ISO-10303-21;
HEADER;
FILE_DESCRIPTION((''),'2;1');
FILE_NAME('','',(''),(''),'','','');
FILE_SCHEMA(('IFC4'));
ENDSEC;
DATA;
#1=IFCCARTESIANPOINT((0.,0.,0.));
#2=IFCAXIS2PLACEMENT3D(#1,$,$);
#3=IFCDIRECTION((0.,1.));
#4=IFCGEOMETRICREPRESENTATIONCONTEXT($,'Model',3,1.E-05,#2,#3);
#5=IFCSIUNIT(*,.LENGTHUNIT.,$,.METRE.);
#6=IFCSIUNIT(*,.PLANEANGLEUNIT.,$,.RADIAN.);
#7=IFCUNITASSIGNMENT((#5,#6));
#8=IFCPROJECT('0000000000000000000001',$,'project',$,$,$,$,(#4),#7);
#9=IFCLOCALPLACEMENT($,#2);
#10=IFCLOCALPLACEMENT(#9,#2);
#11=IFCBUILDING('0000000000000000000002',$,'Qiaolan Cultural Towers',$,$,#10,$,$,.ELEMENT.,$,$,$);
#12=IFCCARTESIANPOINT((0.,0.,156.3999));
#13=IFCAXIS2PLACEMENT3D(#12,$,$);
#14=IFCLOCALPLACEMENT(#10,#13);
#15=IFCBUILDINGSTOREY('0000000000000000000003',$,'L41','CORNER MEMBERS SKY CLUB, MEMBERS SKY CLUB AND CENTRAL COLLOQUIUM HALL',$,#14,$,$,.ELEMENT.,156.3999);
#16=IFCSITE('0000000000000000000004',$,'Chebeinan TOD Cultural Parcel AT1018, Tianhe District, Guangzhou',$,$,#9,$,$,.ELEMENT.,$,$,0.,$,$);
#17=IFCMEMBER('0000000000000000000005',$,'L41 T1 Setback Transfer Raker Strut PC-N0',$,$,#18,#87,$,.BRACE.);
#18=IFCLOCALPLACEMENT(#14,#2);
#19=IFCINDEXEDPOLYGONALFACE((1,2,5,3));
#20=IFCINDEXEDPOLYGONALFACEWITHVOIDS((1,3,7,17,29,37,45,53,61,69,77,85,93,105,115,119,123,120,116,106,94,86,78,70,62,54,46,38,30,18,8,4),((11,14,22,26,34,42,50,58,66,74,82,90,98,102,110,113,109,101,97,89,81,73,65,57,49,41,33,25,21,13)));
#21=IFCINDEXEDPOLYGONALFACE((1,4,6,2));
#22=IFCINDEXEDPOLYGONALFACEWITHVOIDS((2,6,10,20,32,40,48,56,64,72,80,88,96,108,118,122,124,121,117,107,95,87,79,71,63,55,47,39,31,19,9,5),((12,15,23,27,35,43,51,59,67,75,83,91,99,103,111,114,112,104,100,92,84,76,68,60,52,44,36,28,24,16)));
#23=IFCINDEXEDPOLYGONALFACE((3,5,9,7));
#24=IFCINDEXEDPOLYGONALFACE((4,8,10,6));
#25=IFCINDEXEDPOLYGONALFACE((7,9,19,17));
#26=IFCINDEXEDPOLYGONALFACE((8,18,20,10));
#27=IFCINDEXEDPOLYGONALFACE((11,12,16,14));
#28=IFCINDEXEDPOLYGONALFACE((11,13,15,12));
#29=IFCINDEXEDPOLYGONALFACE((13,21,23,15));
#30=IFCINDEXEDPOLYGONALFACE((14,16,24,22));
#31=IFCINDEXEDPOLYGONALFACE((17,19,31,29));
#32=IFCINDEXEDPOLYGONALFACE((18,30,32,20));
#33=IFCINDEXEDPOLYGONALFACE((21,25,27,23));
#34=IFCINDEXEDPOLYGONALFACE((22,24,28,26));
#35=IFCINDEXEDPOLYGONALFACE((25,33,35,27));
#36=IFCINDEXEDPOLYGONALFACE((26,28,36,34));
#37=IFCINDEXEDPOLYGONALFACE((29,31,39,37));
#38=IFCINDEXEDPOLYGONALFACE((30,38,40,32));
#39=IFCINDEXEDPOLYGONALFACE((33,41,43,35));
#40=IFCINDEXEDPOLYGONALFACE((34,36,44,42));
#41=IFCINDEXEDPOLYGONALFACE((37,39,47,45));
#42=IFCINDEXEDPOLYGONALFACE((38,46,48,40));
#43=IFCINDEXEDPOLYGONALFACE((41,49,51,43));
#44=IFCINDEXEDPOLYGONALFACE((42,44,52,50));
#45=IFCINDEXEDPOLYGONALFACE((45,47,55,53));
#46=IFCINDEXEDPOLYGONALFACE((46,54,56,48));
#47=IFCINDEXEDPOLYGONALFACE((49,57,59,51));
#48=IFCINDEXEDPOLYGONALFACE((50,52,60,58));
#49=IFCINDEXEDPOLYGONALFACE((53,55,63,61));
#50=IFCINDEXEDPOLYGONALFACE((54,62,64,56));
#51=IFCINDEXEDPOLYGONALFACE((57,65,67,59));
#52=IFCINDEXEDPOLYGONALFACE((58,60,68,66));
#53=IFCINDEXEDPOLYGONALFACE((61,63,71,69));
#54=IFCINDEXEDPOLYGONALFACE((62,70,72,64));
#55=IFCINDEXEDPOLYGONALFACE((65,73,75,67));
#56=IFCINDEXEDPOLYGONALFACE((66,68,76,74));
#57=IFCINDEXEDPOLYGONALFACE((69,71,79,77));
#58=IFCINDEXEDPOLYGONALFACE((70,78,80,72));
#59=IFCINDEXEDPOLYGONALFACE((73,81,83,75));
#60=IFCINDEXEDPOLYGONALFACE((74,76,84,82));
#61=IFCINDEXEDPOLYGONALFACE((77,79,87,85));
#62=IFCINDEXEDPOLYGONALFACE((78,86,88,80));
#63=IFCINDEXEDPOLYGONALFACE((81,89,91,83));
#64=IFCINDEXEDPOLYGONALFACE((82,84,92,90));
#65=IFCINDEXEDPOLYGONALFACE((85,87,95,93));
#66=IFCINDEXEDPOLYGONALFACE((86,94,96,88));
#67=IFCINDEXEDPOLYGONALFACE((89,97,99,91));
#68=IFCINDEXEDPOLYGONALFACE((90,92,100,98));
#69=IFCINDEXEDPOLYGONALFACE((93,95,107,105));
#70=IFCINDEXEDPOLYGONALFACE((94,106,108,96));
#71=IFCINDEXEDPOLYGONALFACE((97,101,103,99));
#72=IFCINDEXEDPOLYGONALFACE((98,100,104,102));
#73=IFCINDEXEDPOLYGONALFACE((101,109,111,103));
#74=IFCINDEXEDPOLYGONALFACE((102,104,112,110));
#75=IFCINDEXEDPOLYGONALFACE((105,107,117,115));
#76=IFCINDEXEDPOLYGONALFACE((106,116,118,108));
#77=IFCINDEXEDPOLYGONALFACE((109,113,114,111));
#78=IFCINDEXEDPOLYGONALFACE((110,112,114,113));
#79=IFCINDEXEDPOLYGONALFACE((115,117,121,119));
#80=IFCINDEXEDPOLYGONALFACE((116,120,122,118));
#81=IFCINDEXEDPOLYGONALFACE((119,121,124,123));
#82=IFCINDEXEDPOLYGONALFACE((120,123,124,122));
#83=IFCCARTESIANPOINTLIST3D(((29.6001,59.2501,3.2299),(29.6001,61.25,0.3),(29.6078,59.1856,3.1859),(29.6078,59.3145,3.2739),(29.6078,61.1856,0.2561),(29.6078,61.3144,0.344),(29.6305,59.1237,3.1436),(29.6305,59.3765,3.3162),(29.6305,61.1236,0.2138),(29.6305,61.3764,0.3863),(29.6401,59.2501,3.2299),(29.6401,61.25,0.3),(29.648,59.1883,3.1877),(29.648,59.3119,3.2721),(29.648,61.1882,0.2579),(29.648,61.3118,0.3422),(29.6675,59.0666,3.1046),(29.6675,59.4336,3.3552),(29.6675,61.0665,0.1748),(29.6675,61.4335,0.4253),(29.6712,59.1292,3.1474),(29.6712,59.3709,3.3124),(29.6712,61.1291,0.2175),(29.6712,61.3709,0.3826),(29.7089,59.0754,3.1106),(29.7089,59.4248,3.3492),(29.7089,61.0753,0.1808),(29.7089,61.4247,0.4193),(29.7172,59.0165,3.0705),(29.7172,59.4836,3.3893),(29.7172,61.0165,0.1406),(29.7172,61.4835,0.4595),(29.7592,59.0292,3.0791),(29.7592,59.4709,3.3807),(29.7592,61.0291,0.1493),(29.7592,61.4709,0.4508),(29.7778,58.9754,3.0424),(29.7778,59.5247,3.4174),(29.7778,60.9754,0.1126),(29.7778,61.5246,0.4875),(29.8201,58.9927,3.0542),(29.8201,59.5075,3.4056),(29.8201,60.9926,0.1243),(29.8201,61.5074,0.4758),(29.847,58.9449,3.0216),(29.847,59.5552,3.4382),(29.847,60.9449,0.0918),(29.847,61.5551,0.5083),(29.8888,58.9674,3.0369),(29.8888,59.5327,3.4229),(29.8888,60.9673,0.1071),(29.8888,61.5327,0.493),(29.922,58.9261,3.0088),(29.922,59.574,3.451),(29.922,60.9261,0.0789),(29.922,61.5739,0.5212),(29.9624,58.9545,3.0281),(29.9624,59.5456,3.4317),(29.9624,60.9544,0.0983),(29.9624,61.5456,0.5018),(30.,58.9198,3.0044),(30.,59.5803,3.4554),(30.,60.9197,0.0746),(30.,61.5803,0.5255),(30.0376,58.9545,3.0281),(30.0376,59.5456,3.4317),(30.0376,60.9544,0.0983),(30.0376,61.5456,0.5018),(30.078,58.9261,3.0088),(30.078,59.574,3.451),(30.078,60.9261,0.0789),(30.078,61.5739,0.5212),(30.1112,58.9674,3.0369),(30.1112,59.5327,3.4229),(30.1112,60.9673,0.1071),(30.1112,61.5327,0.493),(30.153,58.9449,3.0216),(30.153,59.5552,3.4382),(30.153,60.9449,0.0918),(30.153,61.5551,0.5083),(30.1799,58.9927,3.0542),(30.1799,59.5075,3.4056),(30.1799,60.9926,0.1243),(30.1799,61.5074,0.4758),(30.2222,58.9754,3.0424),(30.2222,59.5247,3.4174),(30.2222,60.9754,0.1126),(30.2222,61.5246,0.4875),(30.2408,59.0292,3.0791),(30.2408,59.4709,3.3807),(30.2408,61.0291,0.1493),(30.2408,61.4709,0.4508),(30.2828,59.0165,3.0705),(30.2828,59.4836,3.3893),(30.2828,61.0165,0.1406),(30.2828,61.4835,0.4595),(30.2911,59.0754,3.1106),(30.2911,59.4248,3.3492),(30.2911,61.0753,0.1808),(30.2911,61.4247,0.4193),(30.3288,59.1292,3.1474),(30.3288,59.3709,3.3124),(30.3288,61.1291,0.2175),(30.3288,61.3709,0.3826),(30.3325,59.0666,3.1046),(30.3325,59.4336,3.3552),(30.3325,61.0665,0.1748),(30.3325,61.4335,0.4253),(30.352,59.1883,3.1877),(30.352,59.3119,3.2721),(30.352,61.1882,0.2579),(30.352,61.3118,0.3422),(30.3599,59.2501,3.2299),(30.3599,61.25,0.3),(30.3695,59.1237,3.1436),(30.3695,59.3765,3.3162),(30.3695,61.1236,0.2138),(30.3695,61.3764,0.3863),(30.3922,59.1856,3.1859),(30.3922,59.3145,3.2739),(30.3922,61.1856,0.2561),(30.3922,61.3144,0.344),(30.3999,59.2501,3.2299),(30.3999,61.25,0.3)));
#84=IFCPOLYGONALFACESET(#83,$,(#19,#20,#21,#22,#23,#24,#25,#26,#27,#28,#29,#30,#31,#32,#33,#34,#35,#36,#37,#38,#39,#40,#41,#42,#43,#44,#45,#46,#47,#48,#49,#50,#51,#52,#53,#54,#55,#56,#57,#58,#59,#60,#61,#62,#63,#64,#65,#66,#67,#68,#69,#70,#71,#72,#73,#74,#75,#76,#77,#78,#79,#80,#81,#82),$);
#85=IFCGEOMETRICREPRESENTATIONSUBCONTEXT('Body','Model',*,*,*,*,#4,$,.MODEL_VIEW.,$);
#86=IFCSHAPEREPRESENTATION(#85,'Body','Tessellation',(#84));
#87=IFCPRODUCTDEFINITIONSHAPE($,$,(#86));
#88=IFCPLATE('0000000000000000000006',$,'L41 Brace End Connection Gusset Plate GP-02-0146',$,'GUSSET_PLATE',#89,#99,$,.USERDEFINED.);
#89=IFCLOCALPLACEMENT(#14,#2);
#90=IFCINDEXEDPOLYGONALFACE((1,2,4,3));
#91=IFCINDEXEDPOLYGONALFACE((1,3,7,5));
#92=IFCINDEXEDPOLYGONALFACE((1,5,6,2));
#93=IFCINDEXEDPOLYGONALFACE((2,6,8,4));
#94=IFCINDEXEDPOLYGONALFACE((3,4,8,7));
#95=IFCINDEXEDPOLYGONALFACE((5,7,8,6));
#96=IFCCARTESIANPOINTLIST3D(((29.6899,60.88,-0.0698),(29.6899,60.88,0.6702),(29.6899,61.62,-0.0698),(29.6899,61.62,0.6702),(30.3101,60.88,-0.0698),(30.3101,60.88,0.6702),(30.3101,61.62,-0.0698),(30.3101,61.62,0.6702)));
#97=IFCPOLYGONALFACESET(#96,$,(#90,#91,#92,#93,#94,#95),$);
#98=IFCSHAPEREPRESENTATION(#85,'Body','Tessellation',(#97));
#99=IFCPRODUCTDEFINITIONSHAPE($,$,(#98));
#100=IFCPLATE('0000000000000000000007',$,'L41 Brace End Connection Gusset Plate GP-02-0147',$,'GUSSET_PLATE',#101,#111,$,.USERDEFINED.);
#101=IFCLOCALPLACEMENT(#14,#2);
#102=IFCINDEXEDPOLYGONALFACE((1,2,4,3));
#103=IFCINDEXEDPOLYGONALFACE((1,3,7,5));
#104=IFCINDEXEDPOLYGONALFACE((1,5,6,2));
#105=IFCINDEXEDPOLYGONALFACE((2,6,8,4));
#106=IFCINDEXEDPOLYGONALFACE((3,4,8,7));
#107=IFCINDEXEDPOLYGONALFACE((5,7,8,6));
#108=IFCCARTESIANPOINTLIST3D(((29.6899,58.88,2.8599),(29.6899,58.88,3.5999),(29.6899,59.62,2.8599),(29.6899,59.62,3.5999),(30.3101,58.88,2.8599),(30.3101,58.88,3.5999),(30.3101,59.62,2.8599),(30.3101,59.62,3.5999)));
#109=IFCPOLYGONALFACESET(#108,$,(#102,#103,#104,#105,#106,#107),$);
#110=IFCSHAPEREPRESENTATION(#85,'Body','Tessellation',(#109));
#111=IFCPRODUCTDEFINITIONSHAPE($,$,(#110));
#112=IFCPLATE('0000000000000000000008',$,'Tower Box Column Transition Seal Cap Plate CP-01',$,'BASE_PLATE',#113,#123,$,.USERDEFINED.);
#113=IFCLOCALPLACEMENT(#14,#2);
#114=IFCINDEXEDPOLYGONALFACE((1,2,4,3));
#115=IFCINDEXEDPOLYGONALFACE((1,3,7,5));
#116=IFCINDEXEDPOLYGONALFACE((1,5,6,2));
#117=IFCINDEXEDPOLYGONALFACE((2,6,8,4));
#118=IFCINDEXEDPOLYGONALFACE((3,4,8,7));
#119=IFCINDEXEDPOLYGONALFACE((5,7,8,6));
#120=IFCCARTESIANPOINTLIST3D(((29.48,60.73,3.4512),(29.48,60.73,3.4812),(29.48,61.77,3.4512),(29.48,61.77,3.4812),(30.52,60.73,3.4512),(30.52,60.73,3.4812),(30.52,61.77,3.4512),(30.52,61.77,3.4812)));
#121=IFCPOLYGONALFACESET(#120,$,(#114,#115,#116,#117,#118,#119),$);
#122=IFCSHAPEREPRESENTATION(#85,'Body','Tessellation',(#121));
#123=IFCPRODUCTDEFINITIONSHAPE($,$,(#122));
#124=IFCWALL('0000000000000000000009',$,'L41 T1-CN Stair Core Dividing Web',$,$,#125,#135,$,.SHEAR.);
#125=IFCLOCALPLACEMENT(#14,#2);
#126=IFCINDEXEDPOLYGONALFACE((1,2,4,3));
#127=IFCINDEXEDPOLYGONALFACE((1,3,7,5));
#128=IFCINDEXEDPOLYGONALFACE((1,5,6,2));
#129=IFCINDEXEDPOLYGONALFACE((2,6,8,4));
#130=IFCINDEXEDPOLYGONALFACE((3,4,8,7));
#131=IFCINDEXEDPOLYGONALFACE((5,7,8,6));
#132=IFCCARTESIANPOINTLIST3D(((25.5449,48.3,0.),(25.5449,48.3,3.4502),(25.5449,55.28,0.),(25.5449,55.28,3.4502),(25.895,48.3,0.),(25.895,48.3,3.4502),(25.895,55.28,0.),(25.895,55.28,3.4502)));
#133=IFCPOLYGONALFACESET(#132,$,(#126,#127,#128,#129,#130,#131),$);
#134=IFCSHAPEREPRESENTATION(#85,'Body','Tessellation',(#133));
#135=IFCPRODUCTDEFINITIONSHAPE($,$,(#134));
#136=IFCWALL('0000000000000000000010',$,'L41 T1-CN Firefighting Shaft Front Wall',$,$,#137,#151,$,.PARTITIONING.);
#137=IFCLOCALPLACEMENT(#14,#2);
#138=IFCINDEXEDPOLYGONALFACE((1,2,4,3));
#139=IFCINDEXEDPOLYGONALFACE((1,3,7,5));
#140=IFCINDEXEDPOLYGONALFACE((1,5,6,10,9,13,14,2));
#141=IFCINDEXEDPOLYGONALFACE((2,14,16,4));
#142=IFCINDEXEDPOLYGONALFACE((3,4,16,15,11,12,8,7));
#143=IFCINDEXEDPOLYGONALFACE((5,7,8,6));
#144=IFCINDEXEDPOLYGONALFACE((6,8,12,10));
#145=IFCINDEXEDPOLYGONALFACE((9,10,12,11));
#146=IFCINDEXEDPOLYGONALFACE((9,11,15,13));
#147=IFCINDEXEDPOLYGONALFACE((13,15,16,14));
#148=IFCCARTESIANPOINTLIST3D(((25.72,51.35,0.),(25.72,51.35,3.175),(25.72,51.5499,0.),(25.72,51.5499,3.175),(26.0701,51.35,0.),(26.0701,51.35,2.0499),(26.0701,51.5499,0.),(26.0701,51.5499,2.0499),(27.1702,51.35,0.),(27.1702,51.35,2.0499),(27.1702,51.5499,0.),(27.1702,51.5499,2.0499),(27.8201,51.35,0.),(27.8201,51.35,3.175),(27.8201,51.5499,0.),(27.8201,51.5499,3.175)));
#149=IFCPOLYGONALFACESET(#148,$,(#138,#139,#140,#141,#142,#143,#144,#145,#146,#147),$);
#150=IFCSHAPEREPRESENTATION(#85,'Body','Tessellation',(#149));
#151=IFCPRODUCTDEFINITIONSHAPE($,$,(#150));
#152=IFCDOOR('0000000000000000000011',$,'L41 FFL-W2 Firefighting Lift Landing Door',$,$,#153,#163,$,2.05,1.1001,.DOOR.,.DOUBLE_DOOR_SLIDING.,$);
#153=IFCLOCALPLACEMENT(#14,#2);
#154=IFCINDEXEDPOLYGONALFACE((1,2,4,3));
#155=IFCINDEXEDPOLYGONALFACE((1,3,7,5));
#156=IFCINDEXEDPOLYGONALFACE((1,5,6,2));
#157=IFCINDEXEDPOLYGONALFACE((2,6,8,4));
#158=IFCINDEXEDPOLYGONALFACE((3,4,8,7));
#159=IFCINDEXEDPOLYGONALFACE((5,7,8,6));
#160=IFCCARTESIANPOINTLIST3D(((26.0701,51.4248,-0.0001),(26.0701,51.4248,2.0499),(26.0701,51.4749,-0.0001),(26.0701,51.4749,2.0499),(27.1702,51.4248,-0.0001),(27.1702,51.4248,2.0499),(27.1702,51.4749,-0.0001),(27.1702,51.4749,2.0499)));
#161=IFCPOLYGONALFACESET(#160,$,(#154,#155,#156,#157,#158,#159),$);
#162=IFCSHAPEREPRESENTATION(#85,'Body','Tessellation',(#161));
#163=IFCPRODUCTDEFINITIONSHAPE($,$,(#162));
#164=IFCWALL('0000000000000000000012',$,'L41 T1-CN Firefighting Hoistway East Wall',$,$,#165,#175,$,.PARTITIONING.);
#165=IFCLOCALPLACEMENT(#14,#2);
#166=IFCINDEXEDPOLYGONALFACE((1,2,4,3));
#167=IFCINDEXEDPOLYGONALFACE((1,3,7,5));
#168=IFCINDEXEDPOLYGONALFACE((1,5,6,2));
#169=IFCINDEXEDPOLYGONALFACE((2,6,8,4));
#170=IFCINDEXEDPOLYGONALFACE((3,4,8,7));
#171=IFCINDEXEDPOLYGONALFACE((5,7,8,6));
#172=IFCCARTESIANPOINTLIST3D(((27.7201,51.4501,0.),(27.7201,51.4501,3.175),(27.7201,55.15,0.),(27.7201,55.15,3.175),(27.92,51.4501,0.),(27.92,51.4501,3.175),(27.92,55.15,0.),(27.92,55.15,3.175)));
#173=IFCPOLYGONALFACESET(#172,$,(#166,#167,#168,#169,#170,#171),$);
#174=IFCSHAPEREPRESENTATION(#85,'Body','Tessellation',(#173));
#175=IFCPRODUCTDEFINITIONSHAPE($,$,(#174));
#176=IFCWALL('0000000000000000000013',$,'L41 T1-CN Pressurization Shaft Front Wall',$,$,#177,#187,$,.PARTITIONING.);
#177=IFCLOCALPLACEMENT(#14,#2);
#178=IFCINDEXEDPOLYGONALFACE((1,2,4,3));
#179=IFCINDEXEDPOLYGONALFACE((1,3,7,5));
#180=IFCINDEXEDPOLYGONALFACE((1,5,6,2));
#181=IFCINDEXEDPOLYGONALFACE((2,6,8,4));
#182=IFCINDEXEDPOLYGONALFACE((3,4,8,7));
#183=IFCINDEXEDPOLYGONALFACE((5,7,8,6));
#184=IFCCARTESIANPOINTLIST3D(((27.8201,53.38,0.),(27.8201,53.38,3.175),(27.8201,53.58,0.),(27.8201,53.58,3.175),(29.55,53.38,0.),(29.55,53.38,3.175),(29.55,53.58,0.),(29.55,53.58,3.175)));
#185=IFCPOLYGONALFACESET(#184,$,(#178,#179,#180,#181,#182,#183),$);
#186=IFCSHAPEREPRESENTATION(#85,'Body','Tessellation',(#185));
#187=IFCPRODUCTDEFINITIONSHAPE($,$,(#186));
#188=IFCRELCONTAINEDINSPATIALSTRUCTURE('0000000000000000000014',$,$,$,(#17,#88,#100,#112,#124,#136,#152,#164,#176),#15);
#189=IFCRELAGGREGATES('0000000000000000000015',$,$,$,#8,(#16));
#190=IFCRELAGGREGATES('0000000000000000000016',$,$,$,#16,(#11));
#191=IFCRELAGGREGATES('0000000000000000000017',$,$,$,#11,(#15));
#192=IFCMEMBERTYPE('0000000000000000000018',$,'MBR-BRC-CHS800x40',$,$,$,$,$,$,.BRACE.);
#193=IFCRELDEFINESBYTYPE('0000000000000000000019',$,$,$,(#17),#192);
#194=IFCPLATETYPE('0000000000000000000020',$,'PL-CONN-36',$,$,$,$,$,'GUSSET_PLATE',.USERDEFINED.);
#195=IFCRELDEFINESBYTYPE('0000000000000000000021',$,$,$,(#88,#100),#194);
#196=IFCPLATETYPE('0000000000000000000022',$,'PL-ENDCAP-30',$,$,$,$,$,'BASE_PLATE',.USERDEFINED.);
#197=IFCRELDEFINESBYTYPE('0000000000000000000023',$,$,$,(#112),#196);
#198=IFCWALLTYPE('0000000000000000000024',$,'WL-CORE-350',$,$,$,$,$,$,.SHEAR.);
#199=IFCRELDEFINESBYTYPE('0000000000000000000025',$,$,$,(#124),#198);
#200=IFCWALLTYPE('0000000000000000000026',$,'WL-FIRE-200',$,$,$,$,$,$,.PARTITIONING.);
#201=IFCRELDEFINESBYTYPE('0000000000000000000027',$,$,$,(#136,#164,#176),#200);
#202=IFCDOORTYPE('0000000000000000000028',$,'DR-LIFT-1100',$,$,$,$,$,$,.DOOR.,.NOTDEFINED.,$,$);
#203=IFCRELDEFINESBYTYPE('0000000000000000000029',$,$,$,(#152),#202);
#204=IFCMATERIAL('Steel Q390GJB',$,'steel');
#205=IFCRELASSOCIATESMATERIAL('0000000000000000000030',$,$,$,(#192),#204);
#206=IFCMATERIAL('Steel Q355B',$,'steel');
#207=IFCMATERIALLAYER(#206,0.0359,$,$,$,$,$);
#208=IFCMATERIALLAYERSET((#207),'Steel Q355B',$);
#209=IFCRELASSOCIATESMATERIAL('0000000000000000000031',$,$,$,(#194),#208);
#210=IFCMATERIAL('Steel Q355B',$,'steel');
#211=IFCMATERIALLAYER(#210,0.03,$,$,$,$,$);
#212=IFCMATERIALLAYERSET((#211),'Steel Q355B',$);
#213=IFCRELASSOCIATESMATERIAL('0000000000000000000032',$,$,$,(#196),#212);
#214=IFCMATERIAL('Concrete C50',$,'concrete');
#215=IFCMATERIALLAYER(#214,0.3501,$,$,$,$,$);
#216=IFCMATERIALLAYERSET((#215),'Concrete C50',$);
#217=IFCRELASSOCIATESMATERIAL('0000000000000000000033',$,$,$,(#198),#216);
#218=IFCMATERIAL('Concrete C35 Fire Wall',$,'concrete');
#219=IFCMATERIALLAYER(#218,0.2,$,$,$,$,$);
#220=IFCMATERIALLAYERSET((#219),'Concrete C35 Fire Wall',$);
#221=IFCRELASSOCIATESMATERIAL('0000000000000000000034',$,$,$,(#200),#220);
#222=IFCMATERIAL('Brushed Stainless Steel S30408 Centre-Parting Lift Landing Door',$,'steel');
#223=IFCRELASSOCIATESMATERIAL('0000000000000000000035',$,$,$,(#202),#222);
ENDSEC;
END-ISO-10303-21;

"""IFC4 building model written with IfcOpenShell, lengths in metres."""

from ifc_helpers import new_model, si_unit, direction, frame, frame_2d, origin, origin_2d, place, context, subcontext, project, spatial, rectangle, hollow_circle, extrude, material, layer, layer_set, material_profile, profile_set, type_object, element, fill, save


model = new_model("IFC4")

# Units and contexts
model_context = context("Model", 3, precision=1e-05, world=origin(), true_north=direction((0.0, 1.0)))
body_context = subcontext(model_context, "Body", "Model", "MODEL_VIEW")
ifc_project = project(units=[si_unit("LENGTHUNIT", "METRE"), si_unit("PLANEANGLEUNIT", "RADIAN")], contexts=[model_context])

# Site, building, storey
site_placement = place(None, origin())
site = spatial("IfcSite", under=ifc_project, at=site_placement, Name="Chebeinan TOD Cultural Parcel AT1018, Tianhe District, Guangzhou", CompositionType="ELEMENT", RefElevation=0.0)
building_placement = place(site_placement, origin())
building = spatial("IfcBuilding", under=site, at=building_placement, Name="Qiaolan Cultural Towers", CompositionType="ELEMENT")
storey_placement = place(building_placement, frame((0.0, 0.0, 156.3999)))
storey = spatial("IfcBuildingStorey", under=building, at=storey_placement, Name="L41", Description="CORNER MEMBERS SKY CLUB, MEMBERS SKY CLUB AND CENTRAL COLLOQUIUM HALL", CompositionType="ELEMENT", Elevation=156.3999)

# Member
ifc_material_1 = material(Name="Steel Q390GJB", Category="steel")
ifc_material_profile_1 = material_profile(ifc_material_1, hollow_circle(Radius=0.3999, WallThickness=0.04, at=origin_2d()), Name="CHS800x40")
ifc_profile_set_1 = profile_set([ifc_material_profile_1], Name="Steel Q390GJB")
member_type = type_object("IfcMemberType", Name="MBR-BRC-CHS800x40", PredefinedType="BRACE", material=ifc_profile_set_1)
member_placement = place(storey_placement, frame((30.0, 61.25, 0.3), z_axis=(0.0, -0.563783, 0.825923), x_axis=(1.0, 0.0, 0.0)))
element("IfcMember", 1, at=member_placement, inside=storey, type_object=member_type, Name="L41 T1 Setback Transfer Raker Strut PC-N0", PredefinedType="BRACE", context=body_context, shape_type="SweptSolid", body=[
    extrude(hollow_circle(Radius=0.3999, WallThickness=0.04, at=origin_2d()), origin(), (0.0, 0.0, 1.0), 3.5474),
])

# Plates
ifc_material_2 = material(Name="Steel Q355B", Category="steel")
ifc_layer_1 = layer(ifc_material_2, 0.0359)
ifc_layer_set_1 = layer_set([ifc_layer_1], Name="Steel Q355B")
plate_type_1 = type_object("IfcPlateType", Name="PL-CONN-36", ElementType="GUSSET_PLATE", PredefinedType="USERDEFINED", material=ifc_layer_set_1)
for number, where, z_axis, x_axis, name in (
    (2, (30.0, 61.25, -0.0698), (0.0, 0.0, 1.0), (0.0, 1.0, 0.0), "L41 Brace End Connection Gusset Plate GP-02-0146"),
    (3, (30.0, 59.25, 2.8599), (0.0, 0.0, 1.0), (0.0, 1.0, 0.0), "L41 Brace End Connection Gusset Plate GP-02-0147"),
):
    element("IfcPlate", number, at=place(storey_placement, frame(where, z_axis=z_axis, x_axis=x_axis)), inside=storey, type_object=plate_type_1, Name=name, ObjectType="GUSSET_PLATE", PredefinedType="USERDEFINED", context=body_context, shape_type="SweptSolid", body=[
        extrude(rectangle(XDim=0.74, YDim=0.6201, at=origin_2d()), origin(), (0.0, 0.0, 1.0), 0.74),
    ])
ifc_material_3 = material(Name="Steel Q355B", Category="steel")
ifc_layer_2 = layer(ifc_material_3, 0.03)
ifc_layer_set_2 = layer_set([ifc_layer_2], Name="Steel Q355B")
plate_type_2 = type_object("IfcPlateType", Name="PL-ENDCAP-30", ElementType="BASE_PLATE", PredefinedType="USERDEFINED", material=ifc_layer_set_2)
plate_placement = place(storey_placement, frame((30.0, 61.25, 3.4512), z_axis=(0.0, 0.0, 1.0), x_axis=(1.0, 0.0, 0.0)))
element("IfcPlate", 4, at=plate_placement, inside=storey, type_object=plate_type_2, Name="Tower Box Column Transition Seal Cap Plate CP-01", ObjectType="BASE_PLATE", PredefinedType="USERDEFINED", context=body_context, shape_type="SweptSolid", body=[
    extrude(rectangle(XDim=1.04, YDim=1.04, at=origin_2d()), origin(), (0.0, 0.0, 1.0), 0.03),
])

# Wall
ifc_material_4 = material(Name="Concrete C50", Category="concrete")
ifc_layer_3 = layer(ifc_material_4, 0.3501)
ifc_layer_set_3 = layer_set([ifc_layer_3], Name="Concrete C50")
wall_type_1 = type_object("IfcWallType", Name="WL-CORE-350", PredefinedType="SHEAR", material=ifc_layer_set_3)
wall_1_placement = place(storey_placement, frame((25.72, 48.3, 0.0), z_axis=(0.0, 0.0, 1.0), x_axis=(0.0, 1.0, 0.0)))
element("IfcWall", 5, at=wall_1_placement, inside=storey, type_object=wall_type_1, Name="L41 T1-CN Stair Core Dividing Web", PredefinedType="SHEAR", context=body_context, shape_type="SweptSolid", body=[
    extrude(rectangle(XDim=6.98, YDim=0.3501, at=frame_2d((3.49, 0.0))), origin(), (0.0, 0.0, 1.0), 3.4502),
])

# Wall, opening, door
ifc_material_5 = material(Name="Concrete C35 Fire Wall", Category="concrete")
ifc_layer_4 = layer(ifc_material_5, 0.2)
ifc_layer_set_4 = layer_set([ifc_layer_4], Name="Concrete C35 Fire Wall")
wall_type_2 = type_object("IfcWallType", Name="WL-FIRE-200", PredefinedType="PARTITIONING", material=ifc_layer_set_4)
wall_2_placement = place(storey_placement, frame((25.72, 51.45, 0.0), z_axis=(0.0, 0.0, 1.0), x_axis=(1.0, 0.0, 0.0)))
wall_2 = element("IfcWall", 6, at=wall_2_placement, inside=storey, type_object=wall_type_2, Name="L41 T1-CN Firefighting Shaft Front Wall", PredefinedType="PARTITIONING", context=body_context, shape_type="SweptSolid", body=[
    extrude(rectangle(XDim=2.1001, YDim=0.2, at=frame_2d((1.05, 0.0))), origin(), (0.0, 0.0, 1.0), 3.175),
])
opening_1_placement = place(wall_2_placement, frame((0.3501, 0.0, 0.0)))
opening_1 = element("IfcOpeningElement", 7, at=opening_1_placement, cuts=wall_2, PredefinedType="OPENING", context=body_context, shape_type="SweptSolid", body=[
    extrude(rectangle(XDim=1.1001, YDim=2.05, at=frame_2d((0.55, 1.0249))), frame((0.0, 0.1099, 0.0), z_axis=(0.0, -1.0, 0.0), x_axis=(1.0, 0.0, 0.0)), (0.0, 0.0, 1.0), 0.22),
])
ifc_material_6 = material(Name="Brushed Stainless Steel S30408 Centre-Parting Lift Landing Door", Category="steel")
door_type = type_object("IfcDoorType", Name="DR-LIFT-1100", OperationType="NOTDEFINED", PredefinedType="DOOR", material=ifc_material_6)
door_1_placement = place(opening_1_placement, origin())
door_1 = element("IfcDoor", 8, at=door_1_placement, inside=storey, type_object=door_type, Name="L41 FFL-W2 Firefighting Lift Landing Door", OperationType="DOUBLE_DOOR_SLIDING", OverallHeight=2.05, OverallWidth=1.1001, PredefinedType="DOOR", context=body_context, shape_type="SweptSolid", body=[
    extrude(rectangle(XDim=1.1001, YDim=2.05, at=frame_2d((0.55, 1.0249))), frame((0.0, 0.0249, 0.0), z_axis=(0.0, -1.0, 0.0), x_axis=(1.0, 0.0, 0.0)), (0.0, 0.0, 1.0), 0.05),
])
fill(opening_1, door_1)

# Walls
wall_3_placement = place(storey_placement, frame((27.8201, 51.45, 0.0), z_axis=(0.0, 0.0, 1.0), x_axis=(0.0, 1.0, 0.0)))
element("IfcWall", 9, at=wall_3_placement, inside=storey, type_object=wall_type_2, Name="L41 T1-CN Firefighting Hoistway East Wall", PredefinedType="PARTITIONING", context=body_context, shape_type="SweptSolid", body=[
    extrude(rectangle(XDim=3.7, YDim=0.2, at=frame_2d((1.8501, 0.0))), origin(), (0.0, 0.0, 1.0), 3.175),
])
wall_4_placement = place(storey_placement, frame((27.8201, 53.48, 0.0), z_axis=(0.0, 0.0, 1.0), x_axis=(1.0, 0.0, 0.0)))
element("IfcWall", 10, at=wall_4_placement, inside=storey, type_object=wall_type_2, Name="L41 T1-CN Pressurization Shaft Front Wall", PredefinedType="PARTITIONING", context=body_context, shape_type="SweptSolid", body=[
    extrude(rectangle(XDim=1.73, YDim=0.2, at=frame_2d((0.865, 0.0))), origin(), (0.0, 0.0, 1.0), 3.175),
])

save(model, "model.ifc")
